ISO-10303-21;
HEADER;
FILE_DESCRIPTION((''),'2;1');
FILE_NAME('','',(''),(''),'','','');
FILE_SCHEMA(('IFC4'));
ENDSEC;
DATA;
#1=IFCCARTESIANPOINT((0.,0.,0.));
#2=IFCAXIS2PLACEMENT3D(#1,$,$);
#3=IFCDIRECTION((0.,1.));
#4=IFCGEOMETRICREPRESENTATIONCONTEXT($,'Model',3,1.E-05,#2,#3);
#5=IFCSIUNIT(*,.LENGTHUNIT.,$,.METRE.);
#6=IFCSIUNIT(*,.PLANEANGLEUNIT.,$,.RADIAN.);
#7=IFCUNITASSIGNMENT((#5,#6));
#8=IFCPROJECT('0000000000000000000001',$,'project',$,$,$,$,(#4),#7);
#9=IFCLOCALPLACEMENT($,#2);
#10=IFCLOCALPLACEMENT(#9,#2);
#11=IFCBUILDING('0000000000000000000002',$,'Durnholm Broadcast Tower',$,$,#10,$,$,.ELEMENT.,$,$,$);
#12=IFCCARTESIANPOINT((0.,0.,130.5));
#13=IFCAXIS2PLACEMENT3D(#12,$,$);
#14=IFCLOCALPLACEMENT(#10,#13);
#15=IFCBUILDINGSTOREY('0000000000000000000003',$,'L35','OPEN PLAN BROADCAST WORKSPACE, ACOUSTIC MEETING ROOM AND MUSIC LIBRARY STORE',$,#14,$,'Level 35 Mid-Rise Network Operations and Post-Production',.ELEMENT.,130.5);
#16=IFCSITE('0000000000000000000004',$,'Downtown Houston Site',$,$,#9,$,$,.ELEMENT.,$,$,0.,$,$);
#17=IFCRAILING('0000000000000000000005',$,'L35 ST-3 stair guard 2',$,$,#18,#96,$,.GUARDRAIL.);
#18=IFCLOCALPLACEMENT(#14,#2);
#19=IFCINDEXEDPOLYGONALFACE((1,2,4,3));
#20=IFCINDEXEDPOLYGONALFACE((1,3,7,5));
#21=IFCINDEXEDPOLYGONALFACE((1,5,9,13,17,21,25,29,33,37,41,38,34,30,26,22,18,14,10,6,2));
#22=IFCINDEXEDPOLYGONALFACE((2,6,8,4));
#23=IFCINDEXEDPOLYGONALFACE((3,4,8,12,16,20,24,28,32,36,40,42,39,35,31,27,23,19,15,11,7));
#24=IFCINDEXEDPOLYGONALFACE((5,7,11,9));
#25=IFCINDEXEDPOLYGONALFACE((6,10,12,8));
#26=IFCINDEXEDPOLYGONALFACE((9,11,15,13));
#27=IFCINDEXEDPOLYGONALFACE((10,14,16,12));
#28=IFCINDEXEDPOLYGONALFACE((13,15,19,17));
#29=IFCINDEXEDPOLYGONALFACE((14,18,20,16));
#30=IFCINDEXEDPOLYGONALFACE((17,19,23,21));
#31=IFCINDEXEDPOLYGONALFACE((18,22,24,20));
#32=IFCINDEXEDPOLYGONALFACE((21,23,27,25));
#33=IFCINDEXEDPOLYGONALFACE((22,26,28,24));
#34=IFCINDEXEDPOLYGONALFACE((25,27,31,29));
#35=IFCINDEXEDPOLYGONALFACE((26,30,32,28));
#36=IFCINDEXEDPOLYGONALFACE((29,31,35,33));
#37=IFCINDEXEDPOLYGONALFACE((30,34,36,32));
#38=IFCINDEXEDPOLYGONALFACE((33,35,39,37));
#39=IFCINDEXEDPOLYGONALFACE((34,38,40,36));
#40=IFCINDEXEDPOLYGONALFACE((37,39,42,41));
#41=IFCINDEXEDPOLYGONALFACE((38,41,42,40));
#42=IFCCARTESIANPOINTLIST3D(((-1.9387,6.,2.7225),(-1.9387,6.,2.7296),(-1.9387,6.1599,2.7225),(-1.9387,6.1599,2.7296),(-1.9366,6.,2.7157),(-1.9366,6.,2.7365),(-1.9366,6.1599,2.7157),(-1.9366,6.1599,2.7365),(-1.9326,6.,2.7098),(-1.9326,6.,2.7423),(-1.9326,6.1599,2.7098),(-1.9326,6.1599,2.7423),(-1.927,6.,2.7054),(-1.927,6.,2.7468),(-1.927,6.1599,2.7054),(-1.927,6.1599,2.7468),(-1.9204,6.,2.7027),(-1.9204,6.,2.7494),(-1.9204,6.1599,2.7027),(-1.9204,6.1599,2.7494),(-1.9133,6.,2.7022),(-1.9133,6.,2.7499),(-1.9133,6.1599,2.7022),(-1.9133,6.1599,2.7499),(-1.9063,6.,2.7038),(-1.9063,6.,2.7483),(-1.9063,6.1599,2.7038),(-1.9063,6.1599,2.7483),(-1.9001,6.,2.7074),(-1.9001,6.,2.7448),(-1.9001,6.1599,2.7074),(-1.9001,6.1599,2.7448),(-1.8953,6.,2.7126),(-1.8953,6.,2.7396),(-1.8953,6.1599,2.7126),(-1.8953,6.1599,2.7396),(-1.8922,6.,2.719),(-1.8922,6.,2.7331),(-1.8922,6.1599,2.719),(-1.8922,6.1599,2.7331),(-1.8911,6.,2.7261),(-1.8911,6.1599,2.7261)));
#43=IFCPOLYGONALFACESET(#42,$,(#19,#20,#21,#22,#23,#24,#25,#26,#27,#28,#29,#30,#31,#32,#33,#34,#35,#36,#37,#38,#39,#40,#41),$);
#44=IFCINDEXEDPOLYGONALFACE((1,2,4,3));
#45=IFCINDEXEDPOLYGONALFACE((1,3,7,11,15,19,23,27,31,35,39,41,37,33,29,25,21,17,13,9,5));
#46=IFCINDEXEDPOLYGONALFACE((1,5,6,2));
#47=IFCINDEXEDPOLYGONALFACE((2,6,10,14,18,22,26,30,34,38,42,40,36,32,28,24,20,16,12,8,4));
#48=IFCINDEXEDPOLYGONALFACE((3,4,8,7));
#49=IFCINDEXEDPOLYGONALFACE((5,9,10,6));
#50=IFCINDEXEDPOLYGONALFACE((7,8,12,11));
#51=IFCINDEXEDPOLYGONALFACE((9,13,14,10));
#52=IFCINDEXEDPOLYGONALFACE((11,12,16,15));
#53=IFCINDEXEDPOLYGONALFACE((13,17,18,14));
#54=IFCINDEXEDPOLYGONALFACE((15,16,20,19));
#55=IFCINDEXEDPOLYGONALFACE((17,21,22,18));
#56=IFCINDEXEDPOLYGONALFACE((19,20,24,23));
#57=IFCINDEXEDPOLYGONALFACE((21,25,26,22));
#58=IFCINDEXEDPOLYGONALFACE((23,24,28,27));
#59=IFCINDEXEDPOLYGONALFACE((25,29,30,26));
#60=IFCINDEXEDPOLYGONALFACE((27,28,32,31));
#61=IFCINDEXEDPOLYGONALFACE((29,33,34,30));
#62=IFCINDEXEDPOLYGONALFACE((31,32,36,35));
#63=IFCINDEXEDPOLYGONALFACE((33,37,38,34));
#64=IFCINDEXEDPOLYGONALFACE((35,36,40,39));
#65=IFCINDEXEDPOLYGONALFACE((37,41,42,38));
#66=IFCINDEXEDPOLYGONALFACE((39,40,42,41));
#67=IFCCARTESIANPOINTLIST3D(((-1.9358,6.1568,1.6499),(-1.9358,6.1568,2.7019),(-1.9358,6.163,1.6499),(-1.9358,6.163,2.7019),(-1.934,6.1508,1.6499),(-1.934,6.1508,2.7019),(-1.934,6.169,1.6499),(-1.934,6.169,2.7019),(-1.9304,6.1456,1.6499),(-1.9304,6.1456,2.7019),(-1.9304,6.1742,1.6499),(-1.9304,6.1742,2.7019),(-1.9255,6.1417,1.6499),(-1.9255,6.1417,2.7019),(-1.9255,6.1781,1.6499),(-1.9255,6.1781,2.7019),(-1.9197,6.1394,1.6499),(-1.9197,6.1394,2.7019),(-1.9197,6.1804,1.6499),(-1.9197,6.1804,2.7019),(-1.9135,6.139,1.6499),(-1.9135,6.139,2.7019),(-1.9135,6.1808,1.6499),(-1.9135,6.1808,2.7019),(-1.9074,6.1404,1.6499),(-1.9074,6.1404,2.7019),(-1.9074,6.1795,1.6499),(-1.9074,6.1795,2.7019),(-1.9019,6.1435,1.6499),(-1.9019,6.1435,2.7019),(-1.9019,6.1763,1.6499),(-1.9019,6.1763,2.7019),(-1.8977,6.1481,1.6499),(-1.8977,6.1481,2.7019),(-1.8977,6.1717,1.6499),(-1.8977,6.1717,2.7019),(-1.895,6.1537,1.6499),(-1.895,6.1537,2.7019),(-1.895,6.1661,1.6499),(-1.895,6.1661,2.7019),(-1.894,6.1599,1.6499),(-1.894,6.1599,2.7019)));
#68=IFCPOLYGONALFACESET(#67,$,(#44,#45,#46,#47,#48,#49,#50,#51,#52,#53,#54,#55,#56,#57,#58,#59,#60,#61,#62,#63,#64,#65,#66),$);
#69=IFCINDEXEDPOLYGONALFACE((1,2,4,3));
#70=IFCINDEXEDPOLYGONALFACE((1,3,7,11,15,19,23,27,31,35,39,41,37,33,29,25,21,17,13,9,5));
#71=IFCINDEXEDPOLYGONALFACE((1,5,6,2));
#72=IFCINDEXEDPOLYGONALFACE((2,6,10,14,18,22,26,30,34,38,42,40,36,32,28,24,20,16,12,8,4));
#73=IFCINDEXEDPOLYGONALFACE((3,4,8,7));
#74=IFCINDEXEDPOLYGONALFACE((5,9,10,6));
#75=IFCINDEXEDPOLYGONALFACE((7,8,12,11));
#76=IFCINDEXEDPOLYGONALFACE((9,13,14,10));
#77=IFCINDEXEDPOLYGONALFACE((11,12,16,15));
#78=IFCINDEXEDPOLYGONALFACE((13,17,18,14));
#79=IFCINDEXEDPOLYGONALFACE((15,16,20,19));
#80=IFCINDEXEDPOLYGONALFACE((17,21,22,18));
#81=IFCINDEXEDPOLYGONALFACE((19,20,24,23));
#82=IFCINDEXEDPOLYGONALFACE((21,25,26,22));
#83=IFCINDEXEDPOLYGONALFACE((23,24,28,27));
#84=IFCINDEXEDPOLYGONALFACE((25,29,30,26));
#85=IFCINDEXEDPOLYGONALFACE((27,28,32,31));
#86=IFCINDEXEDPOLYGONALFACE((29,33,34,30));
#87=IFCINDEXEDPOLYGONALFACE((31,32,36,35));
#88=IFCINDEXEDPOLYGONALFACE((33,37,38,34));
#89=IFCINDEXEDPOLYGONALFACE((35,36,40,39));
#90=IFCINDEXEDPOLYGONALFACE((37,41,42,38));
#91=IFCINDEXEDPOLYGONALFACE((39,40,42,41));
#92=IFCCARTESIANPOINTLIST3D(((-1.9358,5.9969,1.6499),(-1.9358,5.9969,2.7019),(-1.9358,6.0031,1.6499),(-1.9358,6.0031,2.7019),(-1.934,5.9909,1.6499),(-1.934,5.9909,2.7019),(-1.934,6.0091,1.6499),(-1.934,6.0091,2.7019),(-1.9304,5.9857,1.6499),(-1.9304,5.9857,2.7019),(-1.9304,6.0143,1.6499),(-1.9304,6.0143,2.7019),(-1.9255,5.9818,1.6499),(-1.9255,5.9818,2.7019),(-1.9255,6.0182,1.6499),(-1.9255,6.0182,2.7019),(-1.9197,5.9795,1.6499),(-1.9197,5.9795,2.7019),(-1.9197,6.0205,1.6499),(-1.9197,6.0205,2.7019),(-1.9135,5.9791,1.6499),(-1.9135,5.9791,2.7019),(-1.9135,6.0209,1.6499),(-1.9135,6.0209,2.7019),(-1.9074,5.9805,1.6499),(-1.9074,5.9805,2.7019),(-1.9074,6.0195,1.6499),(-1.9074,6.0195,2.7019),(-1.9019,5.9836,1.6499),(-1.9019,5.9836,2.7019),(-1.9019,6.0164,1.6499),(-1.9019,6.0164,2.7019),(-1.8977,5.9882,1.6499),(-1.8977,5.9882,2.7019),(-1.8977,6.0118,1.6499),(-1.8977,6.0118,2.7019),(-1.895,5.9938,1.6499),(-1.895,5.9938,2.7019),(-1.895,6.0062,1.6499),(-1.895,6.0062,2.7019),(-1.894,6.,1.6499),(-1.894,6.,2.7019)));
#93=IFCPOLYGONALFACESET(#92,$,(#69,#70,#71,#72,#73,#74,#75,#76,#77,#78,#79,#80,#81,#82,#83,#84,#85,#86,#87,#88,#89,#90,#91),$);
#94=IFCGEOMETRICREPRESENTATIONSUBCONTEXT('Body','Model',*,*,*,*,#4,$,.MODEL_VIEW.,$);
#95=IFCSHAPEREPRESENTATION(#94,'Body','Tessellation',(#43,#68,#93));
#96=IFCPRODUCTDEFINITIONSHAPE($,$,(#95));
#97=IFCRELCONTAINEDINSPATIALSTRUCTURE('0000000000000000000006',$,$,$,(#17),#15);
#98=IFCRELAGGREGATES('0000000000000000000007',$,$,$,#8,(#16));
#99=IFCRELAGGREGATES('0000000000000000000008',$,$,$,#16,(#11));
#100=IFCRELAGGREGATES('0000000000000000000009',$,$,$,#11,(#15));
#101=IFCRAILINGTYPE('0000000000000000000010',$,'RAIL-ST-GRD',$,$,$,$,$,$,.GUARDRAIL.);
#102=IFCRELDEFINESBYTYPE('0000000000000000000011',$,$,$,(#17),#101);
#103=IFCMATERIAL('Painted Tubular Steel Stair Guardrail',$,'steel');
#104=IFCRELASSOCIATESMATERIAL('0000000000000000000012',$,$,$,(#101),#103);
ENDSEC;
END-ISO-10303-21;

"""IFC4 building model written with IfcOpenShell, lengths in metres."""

from ifc_helpers import new_model, si_unit, direction, frame, origin, origin_2d, place, context, subcontext, project, spatial, circle, extrude, material, type_object, element, save


model = new_model("IFC4")

# Units and contexts
model_context = context("Model", 3, precision=1e-05, world=origin(), true_north=direction((0.0, 1.0)))
body_context = subcontext(model_context, "Body", "Model", "MODEL_VIEW")
ifc_project = project(units=[si_unit("LENGTHUNIT", "METRE"), si_unit("PLANEANGLEUNIT", "RADIAN")], contexts=[model_context])

# Site, building, storey
site_placement = place(None, origin())
site = spatial("IfcSite", under=ifc_project, at=site_placement, Name="Downtown Houston Site", CompositionType="ELEMENT", RefElevation=0.0)
building_placement = place(site_placement, origin())
building = spatial("IfcBuilding", under=site, at=building_placement, Name="Durnholm Broadcast Tower", CompositionType="ELEMENT")
storey_placement = place(building_placement, frame((0.0, 0.0, 130.5)))
storey = spatial("IfcBuildingStorey", under=building, at=storey_placement, Name="L35", Description="OPEN PLAN BROADCAST WORKSPACE, ACOUSTIC MEETING ROOM AND MUSIC LIBRARY STORE", LongName="Level 35 Mid-Rise Network Operations and Post-Production", CompositionType="ELEMENT", Elevation=130.5)

# Railing
ifc_material_1 = material(Name="Painted Tubular Steel Stair Guardrail", Category="steel")
railing_type_1 = type_object("IfcRailingType", Name="RAIL-ST-GRD", PredefinedType="GUARDRAIL", material=ifc_material_1)
railing_1_placement = place(storey_placement, frame((-1.915, 6.1599, 1.6499)))
element("IfcRailing", 1, at=railing_1_placement, inside=storey, type_object=railing_type_1, Name="L35 ST-3 stair guard 2", PredefinedType="GUARDRAIL", context=body_context, shape_type="SweptSolid", body=[
    extrude(circle(Radius=0.0239, at=origin_2d()), frame((0.0, 0.0, 1.0762), z_axis=(0.0, -1.0, 0.0), x_axis=(1.0, 0.0, 0.0)), (0.0, 0.0, 1.0), 0.1599),
    extrude(circle(Radius=0.021, at=origin_2d()), origin(), (0.0, 0.0, 1.0), 1.052),
    extrude(circle(Radius=0.021, at=origin_2d()), frame((0.0, -0.1599, 0.0)), (0.0, 0.0, 1.0), 1.052),
])

save(model, "model.ifc")
